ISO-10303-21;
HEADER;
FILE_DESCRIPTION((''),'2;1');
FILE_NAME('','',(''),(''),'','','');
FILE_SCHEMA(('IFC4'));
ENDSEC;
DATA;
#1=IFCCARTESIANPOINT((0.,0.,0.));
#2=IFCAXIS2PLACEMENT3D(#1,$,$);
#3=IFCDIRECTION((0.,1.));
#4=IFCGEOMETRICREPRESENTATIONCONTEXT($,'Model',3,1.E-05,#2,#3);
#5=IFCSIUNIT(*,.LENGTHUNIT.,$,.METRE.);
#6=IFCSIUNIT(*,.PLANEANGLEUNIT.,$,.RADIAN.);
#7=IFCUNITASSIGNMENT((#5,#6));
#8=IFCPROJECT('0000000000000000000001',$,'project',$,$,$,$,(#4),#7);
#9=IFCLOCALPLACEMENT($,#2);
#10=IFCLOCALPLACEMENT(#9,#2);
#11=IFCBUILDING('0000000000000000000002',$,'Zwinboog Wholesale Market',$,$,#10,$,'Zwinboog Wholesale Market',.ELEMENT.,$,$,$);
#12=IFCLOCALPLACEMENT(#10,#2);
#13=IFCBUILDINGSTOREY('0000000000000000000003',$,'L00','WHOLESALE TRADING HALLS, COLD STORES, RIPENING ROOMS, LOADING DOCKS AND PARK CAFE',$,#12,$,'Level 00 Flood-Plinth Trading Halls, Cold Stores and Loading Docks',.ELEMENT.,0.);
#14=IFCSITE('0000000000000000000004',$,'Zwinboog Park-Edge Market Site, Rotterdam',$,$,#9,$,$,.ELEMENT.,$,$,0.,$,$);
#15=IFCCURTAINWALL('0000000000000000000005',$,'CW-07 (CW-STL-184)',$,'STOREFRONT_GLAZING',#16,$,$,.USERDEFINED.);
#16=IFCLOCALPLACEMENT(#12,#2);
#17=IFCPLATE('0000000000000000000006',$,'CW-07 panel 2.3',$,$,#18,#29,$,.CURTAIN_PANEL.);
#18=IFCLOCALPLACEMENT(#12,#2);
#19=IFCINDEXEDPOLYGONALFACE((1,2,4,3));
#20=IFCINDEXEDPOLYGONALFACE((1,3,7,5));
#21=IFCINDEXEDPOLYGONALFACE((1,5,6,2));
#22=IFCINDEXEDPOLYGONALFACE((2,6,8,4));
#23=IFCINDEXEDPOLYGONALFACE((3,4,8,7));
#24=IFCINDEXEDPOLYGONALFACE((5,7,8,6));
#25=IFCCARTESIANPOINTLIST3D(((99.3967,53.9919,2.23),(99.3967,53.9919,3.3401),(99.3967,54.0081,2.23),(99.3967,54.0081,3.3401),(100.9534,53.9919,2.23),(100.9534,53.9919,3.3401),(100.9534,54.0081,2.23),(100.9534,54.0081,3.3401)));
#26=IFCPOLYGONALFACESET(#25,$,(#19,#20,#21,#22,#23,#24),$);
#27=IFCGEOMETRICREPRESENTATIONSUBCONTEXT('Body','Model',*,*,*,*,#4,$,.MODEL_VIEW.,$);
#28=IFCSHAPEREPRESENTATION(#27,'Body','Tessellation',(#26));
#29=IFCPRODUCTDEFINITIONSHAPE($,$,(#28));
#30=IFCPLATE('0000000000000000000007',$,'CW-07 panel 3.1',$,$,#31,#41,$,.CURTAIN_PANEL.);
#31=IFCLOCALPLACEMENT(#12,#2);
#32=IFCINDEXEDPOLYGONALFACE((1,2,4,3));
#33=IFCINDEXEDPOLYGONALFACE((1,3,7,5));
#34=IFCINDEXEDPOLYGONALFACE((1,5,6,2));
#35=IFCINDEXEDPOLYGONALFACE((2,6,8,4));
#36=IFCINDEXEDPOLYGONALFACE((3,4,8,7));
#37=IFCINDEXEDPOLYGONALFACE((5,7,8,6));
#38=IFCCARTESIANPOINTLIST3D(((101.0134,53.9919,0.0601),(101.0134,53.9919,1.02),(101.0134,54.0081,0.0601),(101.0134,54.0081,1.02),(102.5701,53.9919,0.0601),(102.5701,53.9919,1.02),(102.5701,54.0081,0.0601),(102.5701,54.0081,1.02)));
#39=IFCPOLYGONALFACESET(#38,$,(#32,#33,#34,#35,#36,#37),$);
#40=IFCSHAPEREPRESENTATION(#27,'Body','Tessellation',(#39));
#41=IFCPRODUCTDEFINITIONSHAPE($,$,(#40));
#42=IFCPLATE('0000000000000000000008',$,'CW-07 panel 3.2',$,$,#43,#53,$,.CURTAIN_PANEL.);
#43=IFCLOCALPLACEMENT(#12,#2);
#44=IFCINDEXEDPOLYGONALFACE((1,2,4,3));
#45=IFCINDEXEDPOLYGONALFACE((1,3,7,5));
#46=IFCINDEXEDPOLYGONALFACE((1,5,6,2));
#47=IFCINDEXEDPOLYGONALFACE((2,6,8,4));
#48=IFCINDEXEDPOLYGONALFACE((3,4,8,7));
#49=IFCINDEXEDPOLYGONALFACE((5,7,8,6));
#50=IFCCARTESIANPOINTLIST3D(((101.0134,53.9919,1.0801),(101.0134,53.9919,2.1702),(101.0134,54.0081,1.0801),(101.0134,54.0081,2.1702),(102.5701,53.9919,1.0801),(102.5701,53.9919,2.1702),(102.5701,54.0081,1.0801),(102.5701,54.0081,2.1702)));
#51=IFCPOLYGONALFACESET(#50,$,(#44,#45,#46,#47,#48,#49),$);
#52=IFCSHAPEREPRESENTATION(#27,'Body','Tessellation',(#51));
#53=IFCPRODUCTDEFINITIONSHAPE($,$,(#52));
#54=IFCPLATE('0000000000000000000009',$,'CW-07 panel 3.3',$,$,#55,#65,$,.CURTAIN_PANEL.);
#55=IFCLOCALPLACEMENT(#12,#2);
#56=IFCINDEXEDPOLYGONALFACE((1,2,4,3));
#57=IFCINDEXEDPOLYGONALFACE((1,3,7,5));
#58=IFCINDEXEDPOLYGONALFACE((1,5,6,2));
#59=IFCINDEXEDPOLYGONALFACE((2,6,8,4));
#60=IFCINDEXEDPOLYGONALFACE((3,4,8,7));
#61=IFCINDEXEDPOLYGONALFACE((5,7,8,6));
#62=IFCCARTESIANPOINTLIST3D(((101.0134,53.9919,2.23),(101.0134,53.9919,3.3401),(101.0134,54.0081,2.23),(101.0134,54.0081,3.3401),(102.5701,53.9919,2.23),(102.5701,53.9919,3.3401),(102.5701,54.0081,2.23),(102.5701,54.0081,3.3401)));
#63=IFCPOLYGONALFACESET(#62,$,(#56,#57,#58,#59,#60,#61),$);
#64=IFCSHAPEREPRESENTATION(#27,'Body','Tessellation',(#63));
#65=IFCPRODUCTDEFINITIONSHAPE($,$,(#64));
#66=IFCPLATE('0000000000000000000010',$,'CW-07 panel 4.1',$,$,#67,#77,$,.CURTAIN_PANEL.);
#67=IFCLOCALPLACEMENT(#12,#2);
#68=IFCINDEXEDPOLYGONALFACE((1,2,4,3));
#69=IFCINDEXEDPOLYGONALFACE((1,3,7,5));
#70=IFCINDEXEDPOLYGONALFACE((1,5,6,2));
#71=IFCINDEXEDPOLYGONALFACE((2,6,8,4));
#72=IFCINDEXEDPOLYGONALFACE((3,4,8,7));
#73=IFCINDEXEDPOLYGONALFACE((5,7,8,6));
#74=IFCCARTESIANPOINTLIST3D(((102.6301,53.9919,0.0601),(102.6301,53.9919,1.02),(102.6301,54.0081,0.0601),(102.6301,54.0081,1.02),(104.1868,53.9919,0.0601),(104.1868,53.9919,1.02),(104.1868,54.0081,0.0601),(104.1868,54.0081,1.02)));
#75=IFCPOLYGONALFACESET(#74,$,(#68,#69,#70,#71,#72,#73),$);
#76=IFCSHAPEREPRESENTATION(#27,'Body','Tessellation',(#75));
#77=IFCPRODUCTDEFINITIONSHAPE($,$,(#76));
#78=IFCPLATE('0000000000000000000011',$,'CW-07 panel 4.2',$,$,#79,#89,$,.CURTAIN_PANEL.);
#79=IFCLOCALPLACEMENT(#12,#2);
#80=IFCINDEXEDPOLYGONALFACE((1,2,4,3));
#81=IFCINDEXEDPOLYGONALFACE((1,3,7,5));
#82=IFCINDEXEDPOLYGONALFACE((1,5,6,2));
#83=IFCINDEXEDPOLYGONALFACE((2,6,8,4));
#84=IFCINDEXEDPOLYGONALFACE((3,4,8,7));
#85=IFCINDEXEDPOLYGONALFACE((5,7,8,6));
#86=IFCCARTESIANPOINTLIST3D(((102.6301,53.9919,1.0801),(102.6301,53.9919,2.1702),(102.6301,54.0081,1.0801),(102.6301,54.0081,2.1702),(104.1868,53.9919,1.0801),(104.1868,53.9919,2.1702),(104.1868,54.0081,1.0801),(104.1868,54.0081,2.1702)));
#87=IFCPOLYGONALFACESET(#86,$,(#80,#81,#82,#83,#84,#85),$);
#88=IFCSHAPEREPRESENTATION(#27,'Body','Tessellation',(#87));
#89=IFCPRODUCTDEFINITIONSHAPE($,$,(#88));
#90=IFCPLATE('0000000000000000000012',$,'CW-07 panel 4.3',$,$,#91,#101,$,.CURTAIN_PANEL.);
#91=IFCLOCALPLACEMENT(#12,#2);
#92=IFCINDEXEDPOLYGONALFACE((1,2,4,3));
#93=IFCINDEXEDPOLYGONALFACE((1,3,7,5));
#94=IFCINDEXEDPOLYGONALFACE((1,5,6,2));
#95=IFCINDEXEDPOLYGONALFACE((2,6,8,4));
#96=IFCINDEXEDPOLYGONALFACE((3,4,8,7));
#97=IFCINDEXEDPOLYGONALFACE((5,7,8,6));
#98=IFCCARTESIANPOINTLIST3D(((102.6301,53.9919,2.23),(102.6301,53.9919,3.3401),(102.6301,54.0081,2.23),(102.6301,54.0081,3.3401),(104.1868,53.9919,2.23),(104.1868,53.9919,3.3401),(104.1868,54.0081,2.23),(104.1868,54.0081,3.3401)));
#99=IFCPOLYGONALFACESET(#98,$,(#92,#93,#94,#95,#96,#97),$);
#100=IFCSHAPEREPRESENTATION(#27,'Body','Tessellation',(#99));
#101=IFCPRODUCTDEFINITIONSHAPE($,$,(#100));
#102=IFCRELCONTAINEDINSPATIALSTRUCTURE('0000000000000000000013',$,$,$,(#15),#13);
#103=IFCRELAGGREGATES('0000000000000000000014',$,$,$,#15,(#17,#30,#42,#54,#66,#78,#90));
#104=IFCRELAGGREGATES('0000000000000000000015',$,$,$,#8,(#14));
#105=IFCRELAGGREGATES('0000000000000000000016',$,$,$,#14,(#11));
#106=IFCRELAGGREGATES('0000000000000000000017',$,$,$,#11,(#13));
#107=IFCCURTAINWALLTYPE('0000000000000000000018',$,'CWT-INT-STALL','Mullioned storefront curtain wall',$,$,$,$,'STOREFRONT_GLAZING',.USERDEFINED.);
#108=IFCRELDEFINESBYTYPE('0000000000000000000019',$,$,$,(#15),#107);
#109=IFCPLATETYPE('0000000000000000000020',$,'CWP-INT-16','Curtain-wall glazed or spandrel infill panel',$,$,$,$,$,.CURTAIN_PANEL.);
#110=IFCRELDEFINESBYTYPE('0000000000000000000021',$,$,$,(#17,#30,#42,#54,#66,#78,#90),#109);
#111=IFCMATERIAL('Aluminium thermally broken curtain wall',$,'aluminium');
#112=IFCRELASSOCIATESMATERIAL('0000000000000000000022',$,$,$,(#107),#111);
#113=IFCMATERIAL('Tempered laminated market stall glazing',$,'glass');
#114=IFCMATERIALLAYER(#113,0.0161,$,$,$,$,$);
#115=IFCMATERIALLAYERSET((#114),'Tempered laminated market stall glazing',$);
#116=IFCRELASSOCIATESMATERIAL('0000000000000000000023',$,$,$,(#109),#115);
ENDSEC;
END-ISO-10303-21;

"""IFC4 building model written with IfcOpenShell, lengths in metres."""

from ifc_helpers import new_model, si_unit, direction, frame, origin, origin_2d, place, context, subcontext, project, spatial, rectangle, extrude, material, layer, layer_set, type_object, element, aggregate, save


model = new_model("IFC4")

# Units and contexts
model_context = context("Model", 3, precision=1e-05, world=origin(), true_north=direction((0.0, 1.0)))
body_context = subcontext(model_context, "Body", "Model", "MODEL_VIEW")
ifc_project = project(units=[si_unit("LENGTHUNIT", "METRE"), si_unit("PLANEANGLEUNIT", "RADIAN")], contexts=[model_context])

# Site, building, storey
site_placement = place(None, origin())
site = spatial("IfcSite", under=ifc_project, at=site_placement, Name="Zwinboog Park-Edge Market Site, Rotterdam", CompositionType="ELEMENT", RefElevation=0.0)
building_placement = place(site_placement, origin())
building = spatial("IfcBuilding", under=site, at=building_placement, Name="Zwinboog Wholesale Market", LongName="Zwinboog Wholesale Market", CompositionType="ELEMENT")
storey_placement = place(building_placement, origin())
storey = spatial("IfcBuildingStorey", under=building, at=storey_placement, Name="L00", Description="WHOLESALE TRADING HALLS, COLD STORES, RIPENING ROOMS, LOADING DOCKS AND PARK CAFE", LongName="Level 00 Flood-Plinth Trading Halls, Cold Stores and Loading Docks", CompositionType="ELEMENT", Elevation=0.0)

# Curtain wall, plates
ifc_material_1 = material(Name="Aluminium thermally broken curtain wall", Category="aluminium")
curtain_wall_type = type_object("IfcCurtainWallType", Name="CWT-INT-STALL", Description="Mullioned storefront curtain wall", ElementType="STOREFRONT_GLAZING", PredefinedType="USERDEFINED", material=ifc_material_1)
curtain_wall_placement = place(storey_placement, origin())
curtain_wall = element("IfcCurtainWall", 1, at=curtain_wall_placement, inside=storey, type_object=curtain_wall_type, Name="CW-07 (CW-STL-184)", ObjectType="STOREFRONT_GLAZING", PredefinedType="USERDEFINED")
ifc_material_2 = material(Name="Tempered laminated market stall glazing", Category="glass")
ifc_layer = layer(ifc_material_2, 0.0161)
ifc_layer_set = layer_set([ifc_layer], Name="Tempered laminated market stall glazing")
plate_type = type_object("IfcPlateType", Name="CWP-INT-16", Description="Curtain-wall glazed or spandrel infill panel", PredefinedType="CURTAIN_PANEL", material=ifc_layer_set)
plate_1_placement = place(storey_placement, frame((100.175, 54.0, 2.23), z_axis=(0.0, 0.0, 1.0), x_axis=(1.0, 0.0, 0.0)))
plate_1 = element("IfcPlate", 2, at=plate_1_placement, type_object=plate_type, Name="CW-07 panel 2.3", PredefinedType="CURTAIN_PANEL", context=body_context, shape_type="SweptSolid", body=[
    extrude(rectangle(XDim=1.5566, YDim=0.0161, at=origin_2d()), origin(), (0.0, 0.0, 1.0), 1.1101),
])
plate_2_placement = place(storey_placement, frame((101.7917, 54.0, 0.0601), z_axis=(0.0, 0.0, 1.0), x_axis=(1.0, 0.0, 0.0)))
plate_2 = element("IfcPlate", 3, at=plate_2_placement, type_object=plate_type, Name="CW-07 panel 3.1", PredefinedType="CURTAIN_PANEL", context=body_context, shape_type="SweptSolid", body=[
    extrude(rectangle(XDim=1.5566, YDim=0.0161, at=origin_2d()), origin(), (0.0, 0.0, 1.0), 0.96),
])
plate_3_placement = place(storey_placement, frame((101.7917, 54.0, 1.0801), z_axis=(0.0, 0.0, 1.0), x_axis=(1.0, 0.0, 0.0)))
plate_3 = element("IfcPlate", 4, at=plate_3_placement, type_object=plate_type, Name="CW-07 panel 3.2", PredefinedType="CURTAIN_PANEL", context=body_context, shape_type="SweptSolid", body=[
    extrude(rectangle(XDim=1.5566, YDim=0.0161, at=origin_2d()), origin(), (0.0, 0.0, 1.0), 1.0901),
])
plate_4_placement = place(storey_placement, frame((101.7917, 54.0, 2.23), z_axis=(0.0, 0.0, 1.0), x_axis=(1.0, 0.0, 0.0)))
plate_4 = element("IfcPlate", 5, at=plate_4_placement, type_object=plate_type, Name="CW-07 panel 3.3", PredefinedType="CURTAIN_PANEL", context=body_context, shape_type="SweptSolid", body=[
    extrude(rectangle(XDim=1.5566, YDim=0.0161, at=origin_2d()), origin(), (0.0, 0.0, 1.0), 1.1101),
])
plate_5_placement = place(storey_placement, frame((103.4084, 54.0, 0.0601), z_axis=(0.0, 0.0, 1.0), x_axis=(1.0, 0.0, 0.0)))
plate_5 = element("IfcPlate", 6, at=plate_5_placement, type_object=plate_type, Name="CW-07 panel 4.1", PredefinedType="CURTAIN_PANEL", context=body_context, shape_type="SweptSolid", body=[
    extrude(rectangle(XDim=1.5566, YDim=0.0161, at=origin_2d()), origin(), (0.0, 0.0, 1.0), 0.96),
])
plate_6_placement = place(storey_placement, frame((103.4084, 54.0, 1.0801), z_axis=(0.0, 0.0, 1.0), x_axis=(1.0, 0.0, 0.0)))
plate_6 = element("IfcPlate", 7, at=plate_6_placement, type_object=plate_type, Name="CW-07 panel 4.2", PredefinedType="CURTAIN_PANEL", context=body_context, shape_type="SweptSolid", body=[
    extrude(rectangle(XDim=1.5566, YDim=0.0161, at=origin_2d()), origin(), (0.0, 0.0, 1.0), 1.0901),
])
plate_7_placement = place(storey_placement, frame((103.4084, 54.0, 2.23), z_axis=(0.0, 0.0, 1.0), x_axis=(1.0, 0.0, 0.0)))
plate_7 = element("IfcPlate", 8, at=plate_7_placement, type_object=plate_type, Name="CW-07 panel 4.3", PredefinedType="CURTAIN_PANEL", context=body_context, shape_type="SweptSolid", body=[
    extrude(rectangle(XDim=1.5566, YDim=0.0161, at=origin_2d()), origin(), (0.0, 0.0, 1.0), 1.1101),
])
aggregate(curtain_wall, [plate_1, plate_2, plate_3, plate_4, plate_5, plate_6, plate_7])

save(model, "model.ifc")
